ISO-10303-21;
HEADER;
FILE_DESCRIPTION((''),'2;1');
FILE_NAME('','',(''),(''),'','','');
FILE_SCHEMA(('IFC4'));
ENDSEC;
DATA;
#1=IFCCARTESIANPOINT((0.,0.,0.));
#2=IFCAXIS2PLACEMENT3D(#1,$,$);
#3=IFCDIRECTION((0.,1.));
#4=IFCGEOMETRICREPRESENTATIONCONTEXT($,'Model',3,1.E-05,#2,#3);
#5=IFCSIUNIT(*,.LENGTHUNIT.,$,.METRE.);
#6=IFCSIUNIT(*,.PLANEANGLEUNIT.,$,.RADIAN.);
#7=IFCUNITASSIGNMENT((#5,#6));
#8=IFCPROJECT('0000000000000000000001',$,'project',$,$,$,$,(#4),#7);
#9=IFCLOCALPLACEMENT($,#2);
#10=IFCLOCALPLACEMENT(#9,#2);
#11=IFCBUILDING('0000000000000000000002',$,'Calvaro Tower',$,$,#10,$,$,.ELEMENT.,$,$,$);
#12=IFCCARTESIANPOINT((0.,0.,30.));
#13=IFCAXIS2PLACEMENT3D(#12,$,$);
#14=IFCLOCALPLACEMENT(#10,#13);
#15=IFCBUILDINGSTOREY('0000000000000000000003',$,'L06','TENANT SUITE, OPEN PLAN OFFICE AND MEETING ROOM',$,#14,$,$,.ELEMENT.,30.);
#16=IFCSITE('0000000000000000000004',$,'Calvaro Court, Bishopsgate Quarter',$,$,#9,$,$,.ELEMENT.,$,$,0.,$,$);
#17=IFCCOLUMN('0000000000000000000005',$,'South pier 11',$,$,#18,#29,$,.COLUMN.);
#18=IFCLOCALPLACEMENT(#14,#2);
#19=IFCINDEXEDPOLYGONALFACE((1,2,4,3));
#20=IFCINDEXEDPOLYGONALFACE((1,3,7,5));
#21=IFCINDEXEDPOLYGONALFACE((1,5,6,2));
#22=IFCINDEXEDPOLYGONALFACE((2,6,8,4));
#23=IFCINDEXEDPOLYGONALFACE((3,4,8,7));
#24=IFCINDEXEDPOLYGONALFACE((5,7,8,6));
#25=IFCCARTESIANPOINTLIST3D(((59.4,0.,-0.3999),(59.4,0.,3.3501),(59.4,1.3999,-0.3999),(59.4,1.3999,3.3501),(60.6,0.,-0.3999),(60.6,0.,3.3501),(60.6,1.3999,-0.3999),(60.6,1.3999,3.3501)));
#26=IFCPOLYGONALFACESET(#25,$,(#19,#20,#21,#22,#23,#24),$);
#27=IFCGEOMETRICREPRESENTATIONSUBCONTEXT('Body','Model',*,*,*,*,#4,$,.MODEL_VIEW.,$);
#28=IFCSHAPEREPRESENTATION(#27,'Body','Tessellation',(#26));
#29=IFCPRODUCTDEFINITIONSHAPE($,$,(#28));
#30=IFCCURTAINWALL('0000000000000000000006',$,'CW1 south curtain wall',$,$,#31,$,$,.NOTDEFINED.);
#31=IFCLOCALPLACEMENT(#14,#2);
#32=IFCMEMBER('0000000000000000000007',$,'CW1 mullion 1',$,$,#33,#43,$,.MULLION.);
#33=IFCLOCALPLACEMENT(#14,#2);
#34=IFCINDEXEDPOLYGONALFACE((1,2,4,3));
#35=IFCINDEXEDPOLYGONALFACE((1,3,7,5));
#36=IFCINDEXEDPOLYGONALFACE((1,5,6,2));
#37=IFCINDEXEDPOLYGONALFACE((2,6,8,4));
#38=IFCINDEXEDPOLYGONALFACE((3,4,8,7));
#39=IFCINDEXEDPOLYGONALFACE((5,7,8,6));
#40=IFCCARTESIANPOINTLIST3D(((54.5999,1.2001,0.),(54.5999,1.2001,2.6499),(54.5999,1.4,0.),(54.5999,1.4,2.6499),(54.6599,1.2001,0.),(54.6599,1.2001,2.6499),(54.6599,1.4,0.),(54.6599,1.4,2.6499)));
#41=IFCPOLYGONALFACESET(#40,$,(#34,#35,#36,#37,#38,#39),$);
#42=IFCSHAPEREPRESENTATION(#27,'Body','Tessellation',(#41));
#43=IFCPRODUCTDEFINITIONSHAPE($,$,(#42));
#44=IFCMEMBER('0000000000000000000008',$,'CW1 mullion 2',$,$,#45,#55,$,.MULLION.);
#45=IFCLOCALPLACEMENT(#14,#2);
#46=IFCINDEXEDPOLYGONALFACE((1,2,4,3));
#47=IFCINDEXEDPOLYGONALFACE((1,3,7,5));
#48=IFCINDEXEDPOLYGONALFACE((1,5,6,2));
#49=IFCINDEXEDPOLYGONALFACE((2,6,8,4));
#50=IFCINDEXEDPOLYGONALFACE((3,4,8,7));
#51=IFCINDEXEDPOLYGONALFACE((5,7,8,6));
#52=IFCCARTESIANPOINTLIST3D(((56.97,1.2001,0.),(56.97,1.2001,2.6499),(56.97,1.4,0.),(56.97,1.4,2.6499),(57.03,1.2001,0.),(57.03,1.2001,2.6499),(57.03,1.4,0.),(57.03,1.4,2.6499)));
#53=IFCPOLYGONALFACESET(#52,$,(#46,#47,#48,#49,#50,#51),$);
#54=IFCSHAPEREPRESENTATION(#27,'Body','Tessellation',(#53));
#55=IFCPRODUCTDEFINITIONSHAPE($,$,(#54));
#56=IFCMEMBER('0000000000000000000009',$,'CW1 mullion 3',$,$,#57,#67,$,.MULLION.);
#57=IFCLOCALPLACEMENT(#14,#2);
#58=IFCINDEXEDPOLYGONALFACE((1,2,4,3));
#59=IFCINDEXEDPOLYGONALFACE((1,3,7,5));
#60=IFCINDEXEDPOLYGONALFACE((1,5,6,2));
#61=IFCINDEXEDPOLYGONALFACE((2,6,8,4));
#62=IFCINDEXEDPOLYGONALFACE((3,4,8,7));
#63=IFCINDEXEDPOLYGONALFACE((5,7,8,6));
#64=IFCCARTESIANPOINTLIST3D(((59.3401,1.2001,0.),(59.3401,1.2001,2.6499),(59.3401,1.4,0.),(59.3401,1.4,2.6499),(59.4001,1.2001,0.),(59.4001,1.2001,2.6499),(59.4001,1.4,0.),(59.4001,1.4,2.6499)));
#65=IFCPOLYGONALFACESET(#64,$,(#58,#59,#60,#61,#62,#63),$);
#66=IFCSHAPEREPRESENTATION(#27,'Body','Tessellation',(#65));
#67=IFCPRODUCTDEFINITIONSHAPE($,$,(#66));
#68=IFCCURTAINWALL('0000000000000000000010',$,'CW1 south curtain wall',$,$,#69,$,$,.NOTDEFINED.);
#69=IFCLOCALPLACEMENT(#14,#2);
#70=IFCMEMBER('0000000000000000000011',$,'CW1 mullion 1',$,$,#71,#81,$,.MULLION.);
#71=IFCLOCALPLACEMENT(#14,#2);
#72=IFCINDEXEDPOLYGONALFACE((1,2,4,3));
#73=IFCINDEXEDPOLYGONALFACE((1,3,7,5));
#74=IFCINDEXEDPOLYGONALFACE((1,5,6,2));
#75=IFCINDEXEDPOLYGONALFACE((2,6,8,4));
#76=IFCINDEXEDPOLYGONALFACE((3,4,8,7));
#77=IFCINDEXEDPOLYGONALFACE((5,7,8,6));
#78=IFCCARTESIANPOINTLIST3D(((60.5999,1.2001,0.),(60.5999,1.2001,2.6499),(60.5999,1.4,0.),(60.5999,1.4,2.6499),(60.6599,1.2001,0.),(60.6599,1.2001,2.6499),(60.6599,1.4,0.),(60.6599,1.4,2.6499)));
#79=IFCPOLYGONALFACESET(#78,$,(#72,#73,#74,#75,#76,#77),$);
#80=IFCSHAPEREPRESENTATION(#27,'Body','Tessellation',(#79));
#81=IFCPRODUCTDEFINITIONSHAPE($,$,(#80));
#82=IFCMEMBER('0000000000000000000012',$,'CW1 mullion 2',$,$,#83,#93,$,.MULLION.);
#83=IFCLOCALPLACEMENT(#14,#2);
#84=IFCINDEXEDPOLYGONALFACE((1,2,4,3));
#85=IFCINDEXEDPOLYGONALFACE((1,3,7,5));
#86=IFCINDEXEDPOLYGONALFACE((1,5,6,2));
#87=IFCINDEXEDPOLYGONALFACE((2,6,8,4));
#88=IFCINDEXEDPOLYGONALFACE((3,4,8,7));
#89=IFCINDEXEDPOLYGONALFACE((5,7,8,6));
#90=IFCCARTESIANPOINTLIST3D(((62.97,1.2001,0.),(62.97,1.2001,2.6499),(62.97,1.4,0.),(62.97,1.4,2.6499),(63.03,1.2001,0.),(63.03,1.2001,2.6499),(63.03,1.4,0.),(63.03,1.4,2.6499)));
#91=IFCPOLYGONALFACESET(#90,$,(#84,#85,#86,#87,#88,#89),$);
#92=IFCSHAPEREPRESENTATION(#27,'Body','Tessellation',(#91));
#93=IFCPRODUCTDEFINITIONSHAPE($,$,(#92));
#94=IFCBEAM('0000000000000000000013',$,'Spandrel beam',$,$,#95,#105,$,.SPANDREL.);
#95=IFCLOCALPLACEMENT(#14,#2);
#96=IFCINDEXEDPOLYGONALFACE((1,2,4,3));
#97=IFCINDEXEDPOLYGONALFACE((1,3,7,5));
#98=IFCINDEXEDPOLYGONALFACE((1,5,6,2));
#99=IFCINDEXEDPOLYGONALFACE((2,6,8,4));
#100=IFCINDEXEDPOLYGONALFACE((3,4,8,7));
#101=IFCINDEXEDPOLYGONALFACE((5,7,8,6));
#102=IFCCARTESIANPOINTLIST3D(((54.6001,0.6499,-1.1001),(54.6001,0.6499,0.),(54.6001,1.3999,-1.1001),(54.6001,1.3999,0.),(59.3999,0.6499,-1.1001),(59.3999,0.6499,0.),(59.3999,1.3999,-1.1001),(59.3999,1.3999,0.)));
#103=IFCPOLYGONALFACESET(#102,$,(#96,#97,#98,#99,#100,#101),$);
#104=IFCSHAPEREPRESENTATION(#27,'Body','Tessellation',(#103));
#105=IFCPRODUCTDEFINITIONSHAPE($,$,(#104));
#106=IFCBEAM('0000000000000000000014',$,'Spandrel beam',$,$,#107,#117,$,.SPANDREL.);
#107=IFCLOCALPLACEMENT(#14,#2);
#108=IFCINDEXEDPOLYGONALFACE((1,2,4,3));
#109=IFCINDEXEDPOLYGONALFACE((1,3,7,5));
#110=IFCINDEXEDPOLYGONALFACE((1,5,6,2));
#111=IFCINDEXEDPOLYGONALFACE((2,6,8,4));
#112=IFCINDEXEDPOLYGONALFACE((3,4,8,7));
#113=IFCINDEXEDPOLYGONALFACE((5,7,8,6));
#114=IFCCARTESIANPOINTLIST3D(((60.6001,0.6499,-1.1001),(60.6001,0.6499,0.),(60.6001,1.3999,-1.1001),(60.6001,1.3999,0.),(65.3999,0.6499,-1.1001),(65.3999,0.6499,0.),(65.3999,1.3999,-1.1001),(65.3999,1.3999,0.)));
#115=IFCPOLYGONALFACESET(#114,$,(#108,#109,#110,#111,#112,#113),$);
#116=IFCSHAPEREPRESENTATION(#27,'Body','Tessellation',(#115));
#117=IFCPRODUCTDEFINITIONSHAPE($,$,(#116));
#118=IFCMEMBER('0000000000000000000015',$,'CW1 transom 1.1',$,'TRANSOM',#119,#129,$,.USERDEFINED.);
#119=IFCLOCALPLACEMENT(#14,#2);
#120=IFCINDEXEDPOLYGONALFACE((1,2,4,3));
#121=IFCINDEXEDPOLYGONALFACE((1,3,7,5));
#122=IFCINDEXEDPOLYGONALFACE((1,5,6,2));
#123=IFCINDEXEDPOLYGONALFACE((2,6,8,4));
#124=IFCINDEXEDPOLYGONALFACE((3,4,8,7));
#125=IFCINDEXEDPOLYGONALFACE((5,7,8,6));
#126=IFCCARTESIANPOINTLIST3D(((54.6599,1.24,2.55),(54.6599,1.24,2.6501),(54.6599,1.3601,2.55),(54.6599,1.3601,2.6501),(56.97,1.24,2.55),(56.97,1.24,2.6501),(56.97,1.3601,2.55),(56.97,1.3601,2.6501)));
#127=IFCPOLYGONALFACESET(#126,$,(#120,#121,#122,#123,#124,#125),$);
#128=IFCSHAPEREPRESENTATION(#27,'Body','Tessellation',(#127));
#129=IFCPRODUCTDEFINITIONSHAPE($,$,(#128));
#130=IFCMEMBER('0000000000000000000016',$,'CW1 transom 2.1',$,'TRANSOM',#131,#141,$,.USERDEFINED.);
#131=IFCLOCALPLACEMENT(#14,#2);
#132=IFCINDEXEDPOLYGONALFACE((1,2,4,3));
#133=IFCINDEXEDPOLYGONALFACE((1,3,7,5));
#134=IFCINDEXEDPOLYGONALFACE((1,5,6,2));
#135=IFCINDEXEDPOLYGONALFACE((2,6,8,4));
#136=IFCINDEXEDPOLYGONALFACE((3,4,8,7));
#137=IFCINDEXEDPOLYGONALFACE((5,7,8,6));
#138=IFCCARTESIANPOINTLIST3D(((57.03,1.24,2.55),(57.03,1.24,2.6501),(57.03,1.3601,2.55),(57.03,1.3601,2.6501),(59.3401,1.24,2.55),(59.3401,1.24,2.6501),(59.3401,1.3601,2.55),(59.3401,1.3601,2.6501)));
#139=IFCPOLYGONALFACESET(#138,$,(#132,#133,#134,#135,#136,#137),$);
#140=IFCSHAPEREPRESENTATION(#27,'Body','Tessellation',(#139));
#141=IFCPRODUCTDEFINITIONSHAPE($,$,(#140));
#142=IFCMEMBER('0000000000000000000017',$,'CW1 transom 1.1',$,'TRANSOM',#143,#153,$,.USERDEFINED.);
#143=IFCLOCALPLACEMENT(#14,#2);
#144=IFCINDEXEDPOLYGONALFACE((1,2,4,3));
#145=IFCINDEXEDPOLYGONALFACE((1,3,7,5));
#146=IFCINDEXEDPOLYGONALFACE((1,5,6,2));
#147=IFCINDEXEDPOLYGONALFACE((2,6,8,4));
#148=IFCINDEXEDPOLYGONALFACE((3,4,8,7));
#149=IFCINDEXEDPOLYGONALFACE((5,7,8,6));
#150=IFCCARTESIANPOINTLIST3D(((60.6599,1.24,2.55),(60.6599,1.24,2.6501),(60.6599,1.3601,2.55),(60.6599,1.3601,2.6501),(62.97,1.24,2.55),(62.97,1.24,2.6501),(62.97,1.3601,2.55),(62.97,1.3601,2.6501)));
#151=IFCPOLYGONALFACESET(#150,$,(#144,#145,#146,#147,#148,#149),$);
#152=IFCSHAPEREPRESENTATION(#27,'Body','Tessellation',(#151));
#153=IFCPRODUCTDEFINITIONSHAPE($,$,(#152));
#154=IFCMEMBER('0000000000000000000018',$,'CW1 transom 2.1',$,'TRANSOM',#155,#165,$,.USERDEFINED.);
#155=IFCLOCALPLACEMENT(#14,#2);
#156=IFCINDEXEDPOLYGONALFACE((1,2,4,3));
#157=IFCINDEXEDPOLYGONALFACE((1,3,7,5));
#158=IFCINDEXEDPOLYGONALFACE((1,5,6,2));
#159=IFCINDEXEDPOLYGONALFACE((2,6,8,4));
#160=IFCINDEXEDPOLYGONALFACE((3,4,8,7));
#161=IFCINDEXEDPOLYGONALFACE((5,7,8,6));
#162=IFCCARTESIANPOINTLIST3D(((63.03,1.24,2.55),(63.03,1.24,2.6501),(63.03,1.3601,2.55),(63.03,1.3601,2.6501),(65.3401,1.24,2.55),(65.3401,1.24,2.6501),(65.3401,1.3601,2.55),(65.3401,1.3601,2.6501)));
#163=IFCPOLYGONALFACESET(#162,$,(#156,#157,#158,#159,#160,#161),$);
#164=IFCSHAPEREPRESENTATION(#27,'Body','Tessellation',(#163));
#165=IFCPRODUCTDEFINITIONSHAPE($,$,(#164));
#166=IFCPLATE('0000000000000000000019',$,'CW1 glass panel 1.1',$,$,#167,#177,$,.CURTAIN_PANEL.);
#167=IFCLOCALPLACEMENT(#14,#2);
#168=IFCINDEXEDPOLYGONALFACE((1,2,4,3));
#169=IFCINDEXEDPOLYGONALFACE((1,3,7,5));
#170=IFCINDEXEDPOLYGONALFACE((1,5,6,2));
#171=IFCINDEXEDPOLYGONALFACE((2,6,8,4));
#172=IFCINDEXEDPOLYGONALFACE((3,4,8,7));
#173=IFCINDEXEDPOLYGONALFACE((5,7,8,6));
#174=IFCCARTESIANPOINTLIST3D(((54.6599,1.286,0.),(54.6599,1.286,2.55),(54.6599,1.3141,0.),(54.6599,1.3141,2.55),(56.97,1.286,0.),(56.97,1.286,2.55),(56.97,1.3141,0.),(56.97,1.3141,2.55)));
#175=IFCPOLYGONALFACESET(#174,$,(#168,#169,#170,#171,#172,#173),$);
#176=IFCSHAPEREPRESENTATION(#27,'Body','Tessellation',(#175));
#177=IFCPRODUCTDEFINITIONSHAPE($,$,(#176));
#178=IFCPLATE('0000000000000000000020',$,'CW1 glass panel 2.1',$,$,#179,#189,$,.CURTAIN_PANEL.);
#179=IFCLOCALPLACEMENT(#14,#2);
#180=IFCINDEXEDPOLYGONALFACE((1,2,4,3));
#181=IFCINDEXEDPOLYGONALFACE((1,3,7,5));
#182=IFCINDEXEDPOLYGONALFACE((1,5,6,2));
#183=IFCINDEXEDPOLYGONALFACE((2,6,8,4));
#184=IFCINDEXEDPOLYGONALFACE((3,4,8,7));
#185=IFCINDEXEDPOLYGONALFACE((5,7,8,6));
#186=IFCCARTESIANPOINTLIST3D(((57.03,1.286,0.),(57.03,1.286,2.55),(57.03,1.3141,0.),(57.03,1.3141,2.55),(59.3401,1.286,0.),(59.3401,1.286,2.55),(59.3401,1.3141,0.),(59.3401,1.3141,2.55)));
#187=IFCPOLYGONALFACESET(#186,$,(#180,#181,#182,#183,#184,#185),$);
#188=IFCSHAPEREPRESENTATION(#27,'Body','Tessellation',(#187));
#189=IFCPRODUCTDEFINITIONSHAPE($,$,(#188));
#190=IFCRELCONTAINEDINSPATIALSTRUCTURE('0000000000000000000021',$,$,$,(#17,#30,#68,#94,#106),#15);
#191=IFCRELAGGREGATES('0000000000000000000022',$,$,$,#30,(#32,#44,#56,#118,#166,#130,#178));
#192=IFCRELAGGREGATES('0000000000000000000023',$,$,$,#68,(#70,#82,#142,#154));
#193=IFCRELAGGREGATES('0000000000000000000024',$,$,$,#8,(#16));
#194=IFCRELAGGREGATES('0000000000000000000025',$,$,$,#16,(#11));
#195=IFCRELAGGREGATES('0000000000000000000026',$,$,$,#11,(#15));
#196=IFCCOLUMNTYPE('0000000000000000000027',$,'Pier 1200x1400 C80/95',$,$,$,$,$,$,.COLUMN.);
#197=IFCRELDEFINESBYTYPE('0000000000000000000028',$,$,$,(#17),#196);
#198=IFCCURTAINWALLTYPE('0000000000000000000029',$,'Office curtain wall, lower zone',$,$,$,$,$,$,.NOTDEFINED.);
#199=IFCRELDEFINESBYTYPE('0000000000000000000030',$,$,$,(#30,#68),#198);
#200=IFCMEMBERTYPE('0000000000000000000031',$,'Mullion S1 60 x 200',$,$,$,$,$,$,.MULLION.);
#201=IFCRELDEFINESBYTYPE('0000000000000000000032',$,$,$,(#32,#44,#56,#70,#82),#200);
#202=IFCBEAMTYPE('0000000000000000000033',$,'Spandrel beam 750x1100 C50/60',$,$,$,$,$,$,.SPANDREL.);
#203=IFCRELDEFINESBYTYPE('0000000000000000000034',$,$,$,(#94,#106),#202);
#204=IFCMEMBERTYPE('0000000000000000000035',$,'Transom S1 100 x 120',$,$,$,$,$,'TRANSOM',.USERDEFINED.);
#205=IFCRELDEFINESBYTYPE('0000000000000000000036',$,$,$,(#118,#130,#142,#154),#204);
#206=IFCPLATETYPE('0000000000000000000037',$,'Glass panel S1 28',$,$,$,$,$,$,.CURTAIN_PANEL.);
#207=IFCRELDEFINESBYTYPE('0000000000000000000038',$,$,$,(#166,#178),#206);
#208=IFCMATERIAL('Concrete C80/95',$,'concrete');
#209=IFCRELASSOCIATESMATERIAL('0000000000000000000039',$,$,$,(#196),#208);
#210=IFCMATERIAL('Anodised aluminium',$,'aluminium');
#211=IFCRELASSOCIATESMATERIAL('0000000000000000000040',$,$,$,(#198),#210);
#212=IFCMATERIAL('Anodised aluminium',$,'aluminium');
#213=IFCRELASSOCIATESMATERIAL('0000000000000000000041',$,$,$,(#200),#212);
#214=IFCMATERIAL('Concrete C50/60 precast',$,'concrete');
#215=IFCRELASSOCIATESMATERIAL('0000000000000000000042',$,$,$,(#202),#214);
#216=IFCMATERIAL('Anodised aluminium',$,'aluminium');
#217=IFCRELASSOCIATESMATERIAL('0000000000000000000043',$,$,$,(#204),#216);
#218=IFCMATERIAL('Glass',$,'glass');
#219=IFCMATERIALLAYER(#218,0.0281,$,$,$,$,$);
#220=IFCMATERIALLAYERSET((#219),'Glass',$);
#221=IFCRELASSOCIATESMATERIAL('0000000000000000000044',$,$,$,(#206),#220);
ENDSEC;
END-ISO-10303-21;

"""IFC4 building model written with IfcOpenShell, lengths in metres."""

from ifc_helpers import new_model, si_unit, direction, frame, origin, origin_2d, place, context, subcontext, project, spatial, rectangle, extrude, material, layer, layer_set, material_profile, profile_set, type_object, element, aggregate, save


model = new_model("IFC4")

# Units and contexts
model_context = context("Model", 3, precision=1e-05, world=origin(), true_north=direction((0.0, 1.0)))
body_context = subcontext(model_context, "Body", "Model", "MODEL_VIEW")
ifc_project = project(units=[si_unit("LENGTHUNIT", "METRE"), si_unit("PLANEANGLEUNIT", "RADIAN")], contexts=[model_context])

# Site, building, storey
site_placement = place(None, origin())
site = spatial("IfcSite", under=ifc_project, at=site_placement, Name="Calvaro Court, Bishopsgate Quarter", CompositionType="ELEMENT", RefElevation=0.0)
building_placement = place(site_placement, origin())
building = spatial("IfcBuilding", under=site, at=building_placement, Name="Calvaro Tower", CompositionType="ELEMENT")
storey_placement = place(building_placement, frame((0.0, 0.0, 30.0)))
storey = spatial("IfcBuildingStorey", under=building, at=storey_placement, Name="L06", Description="TENANT SUITE, OPEN PLAN OFFICE AND MEETING ROOM", CompositionType="ELEMENT", Elevation=30.0)

# Column
ifc_material_1 = material(Name="Concrete C80/95", Category="concrete")
ifc_material_profile_1 = material_profile(ifc_material_1, rectangle(XDim=1.2, YDim=1.3999, at=origin_2d()), Name="RC 1200x1400")
ifc_profile_set_1 = profile_set([ifc_material_profile_1], Name="Concrete C80/95")
column_type = type_object("IfcColumnType", Name="Pier 1200x1400 C80/95", PredefinedType="COLUMN", material=ifc_profile_set_1)
column_placement = place(storey_placement, frame((60.0, 0.7, -0.3999), z_axis=(0.0, 0.0, 1.0), x_axis=(1.0, 0.0, 0.0)))
element("IfcColumn", 1, at=column_placement, inside=storey, type_object=column_type, Name="South pier 11", PredefinedType="COLUMN", context=body_context, shape_type="SweptSolid", body=[
    extrude(rectangle(XDim=1.2, YDim=1.3999, at=origin_2d()), origin(), (0.0, 0.0, 1.0), 3.75),
])

# Curtain walls, members
ifc_material_2 = material(Name="Anodised aluminium", Category="aluminium")
curtain_wall_type = type_object("IfcCurtainWallType", Name="Office curtain wall, lower zone", PredefinedType="NOTDEFINED", material=ifc_material_2)
curtain_wall_1_placement = place(storey_placement, origin())
curtain_wall_1 = element("IfcCurtainWall", 2, at=curtain_wall_1_placement, inside=storey, type_object=curtain_wall_type, Name="CW1 south curtain wall", PredefinedType="NOTDEFINED")
ifc_material_3 = material(Name="Anodised aluminium", Category="aluminium")
ifc_material_profile_2 = material_profile(ifc_material_3, rectangle(XDim=0.2, YDim=0.0601, at=origin_2d()), Name="Mullion S1 60 x 200")
ifc_profile_set_2 = profile_set([ifc_material_profile_2], Name="Anodised aluminium")
member_type_1 = type_object("IfcMemberType", Name="Mullion S1 60 x 200", PredefinedType="MULLION", material=ifc_profile_set_2)
member_1_placement = place(storey_placement, frame((54.6299, 1.3, 0.0), z_axis=(0.0, 0.0, 1.0), x_axis=(0.0, 1.0, 0.0)))
member_1 = element("IfcMember", 3, at=member_1_placement, type_object=member_type_1, Name="CW1 mullion 1", PredefinedType="MULLION", context=body_context, shape_type="SweptSolid", body=[
    extrude(rectangle(XDim=0.2, YDim=0.0601, at=origin_2d()), origin(), (0.0, 0.0, 1.0), 2.6499),
])
member_2_placement = place(storey_placement, frame((57.0, 1.3, 0.0), z_axis=(0.0, 0.0, 1.0), x_axis=(0.0, 1.0, 0.0)))
member_2 = element("IfcMember", 4, at=member_2_placement, type_object=member_type_1, Name="CW1 mullion 2", PredefinedType="MULLION", context=body_context, shape_type="SweptSolid", body=[
    extrude(rectangle(XDim=0.2, YDim=0.0601, at=origin_2d()), origin(), (0.0, 0.0, 1.0), 2.6499),
])
member_3_placement = place(storey_placement, frame((59.3701, 1.3, 0.0), z_axis=(0.0, 0.0, 1.0), x_axis=(0.0, 1.0, 0.0)))
member_3 = element("IfcMember", 5, at=member_3_placement, type_object=member_type_1, Name="CW1 mullion 3", PredefinedType="MULLION", context=body_context, shape_type="SweptSolid", body=[
    extrude(rectangle(XDim=0.2, YDim=0.0601, at=origin_2d()), origin(), (0.0, 0.0, 1.0), 2.6499),
])
curtain_wall_2_placement = place(storey_placement, origin())
curtain_wall_2 = element("IfcCurtainWall", 6, at=curtain_wall_2_placement, inside=storey, type_object=curtain_wall_type, Name="CW1 south curtain wall", PredefinedType="NOTDEFINED")
member_4_placement = place(storey_placement, frame((60.6299, 1.3, 0.0), z_axis=(0.0, 0.0, 1.0), x_axis=(0.0, 1.0, 0.0)))
member_4 = element("IfcMember", 7, at=member_4_placement, type_object=member_type_1, Name="CW1 mullion 1", PredefinedType="MULLION", context=body_context, shape_type="SweptSolid", body=[
    extrude(rectangle(XDim=0.2, YDim=0.0601, at=origin_2d()), origin(), (0.0, 0.0, 1.0), 2.6499),
])
member_5_placement = place(storey_placement, frame((63.0, 1.3, 0.0), z_axis=(0.0, 0.0, 1.0), x_axis=(0.0, 1.0, 0.0)))
member_5 = element("IfcMember", 8, at=member_5_placement, type_object=member_type_1, Name="CW1 mullion 2", PredefinedType="MULLION", context=body_context, shape_type="SweptSolid", body=[
    extrude(rectangle(XDim=0.2, YDim=0.0601, at=origin_2d()), origin(), (0.0, 0.0, 1.0), 2.6499),
])

# Beams
ifc_material_4 = material(Name="Concrete C50/60 precast", Category="concrete")
ifc_material_profile_3 = material_profile(ifc_material_4, rectangle(XDim=0.75, YDim=1.1001, at=origin_2d()), Name="RC 750x1100")
ifc_profile_set_3 = profile_set([ifc_material_profile_3], Name="Concrete C50/60 precast")
beam_type = type_object("IfcBeamType", Name="Spandrel beam 750x1100 C50/60", PredefinedType="SPANDREL", material=ifc_profile_set_3)
for number, where, z_axis, x_axis, name in (
    (9, (54.6001, 1.0249, -0.55), (1.0, 0.0, 0.0), (0.0, 1.0, 0.0), "Spandrel beam"),
    (10, (60.6001, 1.0249, -0.55), (1.0, 0.0, 0.0), (0.0, 1.0, 0.0), "Spandrel beam"),
):
    element("IfcBeam", number, at=place(storey_placement, frame(where, z_axis=z_axis, x_axis=x_axis)), inside=storey, type_object=beam_type, Name=name, PredefinedType="SPANDREL", context=body_context, shape_type="SweptSolid", body=[
        extrude(rectangle(XDim=0.75, YDim=1.1001, at=origin_2d()), origin(), (0.0, 0.0, 1.0), 4.7998),
    ])

# Members
ifc_material_5 = material(Name="Anodised aluminium", Category="aluminium")
ifc_material_profile_4 = material_profile(ifc_material_5, rectangle(XDim=0.1201, YDim=0.1001, at=origin_2d()), Name="Transom S1 100 x 120")
ifc_profile_set_4 = profile_set([ifc_material_profile_4], Name="Anodised aluminium")
member_type_2 = type_object("IfcMemberType", Name="Transom S1 100 x 120", ElementType="TRANSOM", PredefinedType="USERDEFINED", material=ifc_profile_set_4)
member_6_placement = place(storey_placement, frame((54.6599, 1.3, 2.6001), z_axis=(1.0, 0.0, 0.0), x_axis=(0.0, 1.0, 0.0)))
member_6 = element("IfcMember", 11, at=member_6_placement, type_object=member_type_2, Name="CW1 transom 1.1", ObjectType="TRANSOM", PredefinedType="USERDEFINED", context=body_context, shape_type="SweptSolid", body=[
    extrude(rectangle(XDim=0.1201, YDim=0.1001, at=origin_2d()), origin(), (0.0, 0.0, 1.0), 2.3101),
])
member_7_placement = place(storey_placement, frame((57.03, 1.3, 2.6001), z_axis=(1.0, 0.0, 0.0), x_axis=(0.0, 1.0, 0.0)))
member_7 = element("IfcMember", 12, at=member_7_placement, type_object=member_type_2, Name="CW1 transom 2.1", ObjectType="TRANSOM", PredefinedType="USERDEFINED", context=body_context, shape_type="SweptSolid", body=[
    extrude(rectangle(XDim=0.1201, YDim=0.1001, at=origin_2d()), origin(), (0.0, 0.0, 1.0), 2.3101),
])
member_8_placement = place(storey_placement, frame((60.6599, 1.3, 2.6001), z_axis=(1.0, 0.0, 0.0), x_axis=(0.0, 1.0, 0.0)))
member_8 = element("IfcMember", 13, at=member_8_placement, type_object=member_type_2, Name="CW1 transom 1.1", ObjectType="TRANSOM", PredefinedType="USERDEFINED", context=body_context, shape_type="SweptSolid", body=[
    extrude(rectangle(XDim=0.1201, YDim=0.1001, at=origin_2d()), origin(), (0.0, 0.0, 1.0), 2.3101),
])
member_9_placement = place(storey_placement, frame((63.03, 1.3, 2.6001), z_axis=(1.0, 0.0, 0.0), x_axis=(0.0, 1.0, 0.0)))
member_9 = element("IfcMember", 14, at=member_9_placement, type_object=member_type_2, Name="CW1 transom 2.1", ObjectType="TRANSOM", PredefinedType="USERDEFINED", context=body_context, shape_type="SweptSolid", body=[
    extrude(rectangle(XDim=0.1201, YDim=0.1001, at=origin_2d()), origin(), (0.0, 0.0, 1.0), 2.3101),
])

# Plates
ifc_material_6 = material(Name="Glass", Category="glass")
ifc_layer = layer(ifc_material_6, 0.0281)
ifc_layer_set = layer_set([ifc_layer], Name="Glass")
plate_type = type_object("IfcPlateType", Name="Glass panel S1 28", PredefinedType="CURTAIN_PANEL", material=ifc_layer_set)
plate_1_placement = place(storey_placement, frame((55.8149, 1.3, 0.0), z_axis=(0.0, 0.0, 1.0), x_axis=(1.0, 0.0, 0.0)))
plate_1 = element("IfcPlate", 15, at=plate_1_placement, type_object=plate_type, Name="CW1 glass panel 1.1", PredefinedType="CURTAIN_PANEL", context=body_context, shape_type="SweptSolid", body=[
    extrude(rectangle(XDim=2.3101, YDim=0.0281, at=origin_2d()), origin(), (0.0, 0.0, 1.0), 2.55),
])
plate_2_placement = place(storey_placement, frame((58.1851, 1.3, 0.0), z_axis=(0.0, 0.0, 1.0), x_axis=(1.0, 0.0, 0.0)))
plate_2 = element("IfcPlate", 16, at=plate_2_placement, type_object=plate_type, Name="CW1 glass panel 2.1", PredefinedType="CURTAIN_PANEL", context=body_context, shape_type="SweptSolid", body=[
    extrude(rectangle(XDim=2.3101, YDim=0.0281, at=origin_2d()), origin(), (0.0, 0.0, 1.0), 2.55),
])
aggregate(curtain_wall_1, [member_1, member_2, member_3, member_6, plate_1, member_7, plate_2])
aggregate(curtain_wall_2, [member_4, member_5, member_8, member_9])

save(model, "model.ifc")
